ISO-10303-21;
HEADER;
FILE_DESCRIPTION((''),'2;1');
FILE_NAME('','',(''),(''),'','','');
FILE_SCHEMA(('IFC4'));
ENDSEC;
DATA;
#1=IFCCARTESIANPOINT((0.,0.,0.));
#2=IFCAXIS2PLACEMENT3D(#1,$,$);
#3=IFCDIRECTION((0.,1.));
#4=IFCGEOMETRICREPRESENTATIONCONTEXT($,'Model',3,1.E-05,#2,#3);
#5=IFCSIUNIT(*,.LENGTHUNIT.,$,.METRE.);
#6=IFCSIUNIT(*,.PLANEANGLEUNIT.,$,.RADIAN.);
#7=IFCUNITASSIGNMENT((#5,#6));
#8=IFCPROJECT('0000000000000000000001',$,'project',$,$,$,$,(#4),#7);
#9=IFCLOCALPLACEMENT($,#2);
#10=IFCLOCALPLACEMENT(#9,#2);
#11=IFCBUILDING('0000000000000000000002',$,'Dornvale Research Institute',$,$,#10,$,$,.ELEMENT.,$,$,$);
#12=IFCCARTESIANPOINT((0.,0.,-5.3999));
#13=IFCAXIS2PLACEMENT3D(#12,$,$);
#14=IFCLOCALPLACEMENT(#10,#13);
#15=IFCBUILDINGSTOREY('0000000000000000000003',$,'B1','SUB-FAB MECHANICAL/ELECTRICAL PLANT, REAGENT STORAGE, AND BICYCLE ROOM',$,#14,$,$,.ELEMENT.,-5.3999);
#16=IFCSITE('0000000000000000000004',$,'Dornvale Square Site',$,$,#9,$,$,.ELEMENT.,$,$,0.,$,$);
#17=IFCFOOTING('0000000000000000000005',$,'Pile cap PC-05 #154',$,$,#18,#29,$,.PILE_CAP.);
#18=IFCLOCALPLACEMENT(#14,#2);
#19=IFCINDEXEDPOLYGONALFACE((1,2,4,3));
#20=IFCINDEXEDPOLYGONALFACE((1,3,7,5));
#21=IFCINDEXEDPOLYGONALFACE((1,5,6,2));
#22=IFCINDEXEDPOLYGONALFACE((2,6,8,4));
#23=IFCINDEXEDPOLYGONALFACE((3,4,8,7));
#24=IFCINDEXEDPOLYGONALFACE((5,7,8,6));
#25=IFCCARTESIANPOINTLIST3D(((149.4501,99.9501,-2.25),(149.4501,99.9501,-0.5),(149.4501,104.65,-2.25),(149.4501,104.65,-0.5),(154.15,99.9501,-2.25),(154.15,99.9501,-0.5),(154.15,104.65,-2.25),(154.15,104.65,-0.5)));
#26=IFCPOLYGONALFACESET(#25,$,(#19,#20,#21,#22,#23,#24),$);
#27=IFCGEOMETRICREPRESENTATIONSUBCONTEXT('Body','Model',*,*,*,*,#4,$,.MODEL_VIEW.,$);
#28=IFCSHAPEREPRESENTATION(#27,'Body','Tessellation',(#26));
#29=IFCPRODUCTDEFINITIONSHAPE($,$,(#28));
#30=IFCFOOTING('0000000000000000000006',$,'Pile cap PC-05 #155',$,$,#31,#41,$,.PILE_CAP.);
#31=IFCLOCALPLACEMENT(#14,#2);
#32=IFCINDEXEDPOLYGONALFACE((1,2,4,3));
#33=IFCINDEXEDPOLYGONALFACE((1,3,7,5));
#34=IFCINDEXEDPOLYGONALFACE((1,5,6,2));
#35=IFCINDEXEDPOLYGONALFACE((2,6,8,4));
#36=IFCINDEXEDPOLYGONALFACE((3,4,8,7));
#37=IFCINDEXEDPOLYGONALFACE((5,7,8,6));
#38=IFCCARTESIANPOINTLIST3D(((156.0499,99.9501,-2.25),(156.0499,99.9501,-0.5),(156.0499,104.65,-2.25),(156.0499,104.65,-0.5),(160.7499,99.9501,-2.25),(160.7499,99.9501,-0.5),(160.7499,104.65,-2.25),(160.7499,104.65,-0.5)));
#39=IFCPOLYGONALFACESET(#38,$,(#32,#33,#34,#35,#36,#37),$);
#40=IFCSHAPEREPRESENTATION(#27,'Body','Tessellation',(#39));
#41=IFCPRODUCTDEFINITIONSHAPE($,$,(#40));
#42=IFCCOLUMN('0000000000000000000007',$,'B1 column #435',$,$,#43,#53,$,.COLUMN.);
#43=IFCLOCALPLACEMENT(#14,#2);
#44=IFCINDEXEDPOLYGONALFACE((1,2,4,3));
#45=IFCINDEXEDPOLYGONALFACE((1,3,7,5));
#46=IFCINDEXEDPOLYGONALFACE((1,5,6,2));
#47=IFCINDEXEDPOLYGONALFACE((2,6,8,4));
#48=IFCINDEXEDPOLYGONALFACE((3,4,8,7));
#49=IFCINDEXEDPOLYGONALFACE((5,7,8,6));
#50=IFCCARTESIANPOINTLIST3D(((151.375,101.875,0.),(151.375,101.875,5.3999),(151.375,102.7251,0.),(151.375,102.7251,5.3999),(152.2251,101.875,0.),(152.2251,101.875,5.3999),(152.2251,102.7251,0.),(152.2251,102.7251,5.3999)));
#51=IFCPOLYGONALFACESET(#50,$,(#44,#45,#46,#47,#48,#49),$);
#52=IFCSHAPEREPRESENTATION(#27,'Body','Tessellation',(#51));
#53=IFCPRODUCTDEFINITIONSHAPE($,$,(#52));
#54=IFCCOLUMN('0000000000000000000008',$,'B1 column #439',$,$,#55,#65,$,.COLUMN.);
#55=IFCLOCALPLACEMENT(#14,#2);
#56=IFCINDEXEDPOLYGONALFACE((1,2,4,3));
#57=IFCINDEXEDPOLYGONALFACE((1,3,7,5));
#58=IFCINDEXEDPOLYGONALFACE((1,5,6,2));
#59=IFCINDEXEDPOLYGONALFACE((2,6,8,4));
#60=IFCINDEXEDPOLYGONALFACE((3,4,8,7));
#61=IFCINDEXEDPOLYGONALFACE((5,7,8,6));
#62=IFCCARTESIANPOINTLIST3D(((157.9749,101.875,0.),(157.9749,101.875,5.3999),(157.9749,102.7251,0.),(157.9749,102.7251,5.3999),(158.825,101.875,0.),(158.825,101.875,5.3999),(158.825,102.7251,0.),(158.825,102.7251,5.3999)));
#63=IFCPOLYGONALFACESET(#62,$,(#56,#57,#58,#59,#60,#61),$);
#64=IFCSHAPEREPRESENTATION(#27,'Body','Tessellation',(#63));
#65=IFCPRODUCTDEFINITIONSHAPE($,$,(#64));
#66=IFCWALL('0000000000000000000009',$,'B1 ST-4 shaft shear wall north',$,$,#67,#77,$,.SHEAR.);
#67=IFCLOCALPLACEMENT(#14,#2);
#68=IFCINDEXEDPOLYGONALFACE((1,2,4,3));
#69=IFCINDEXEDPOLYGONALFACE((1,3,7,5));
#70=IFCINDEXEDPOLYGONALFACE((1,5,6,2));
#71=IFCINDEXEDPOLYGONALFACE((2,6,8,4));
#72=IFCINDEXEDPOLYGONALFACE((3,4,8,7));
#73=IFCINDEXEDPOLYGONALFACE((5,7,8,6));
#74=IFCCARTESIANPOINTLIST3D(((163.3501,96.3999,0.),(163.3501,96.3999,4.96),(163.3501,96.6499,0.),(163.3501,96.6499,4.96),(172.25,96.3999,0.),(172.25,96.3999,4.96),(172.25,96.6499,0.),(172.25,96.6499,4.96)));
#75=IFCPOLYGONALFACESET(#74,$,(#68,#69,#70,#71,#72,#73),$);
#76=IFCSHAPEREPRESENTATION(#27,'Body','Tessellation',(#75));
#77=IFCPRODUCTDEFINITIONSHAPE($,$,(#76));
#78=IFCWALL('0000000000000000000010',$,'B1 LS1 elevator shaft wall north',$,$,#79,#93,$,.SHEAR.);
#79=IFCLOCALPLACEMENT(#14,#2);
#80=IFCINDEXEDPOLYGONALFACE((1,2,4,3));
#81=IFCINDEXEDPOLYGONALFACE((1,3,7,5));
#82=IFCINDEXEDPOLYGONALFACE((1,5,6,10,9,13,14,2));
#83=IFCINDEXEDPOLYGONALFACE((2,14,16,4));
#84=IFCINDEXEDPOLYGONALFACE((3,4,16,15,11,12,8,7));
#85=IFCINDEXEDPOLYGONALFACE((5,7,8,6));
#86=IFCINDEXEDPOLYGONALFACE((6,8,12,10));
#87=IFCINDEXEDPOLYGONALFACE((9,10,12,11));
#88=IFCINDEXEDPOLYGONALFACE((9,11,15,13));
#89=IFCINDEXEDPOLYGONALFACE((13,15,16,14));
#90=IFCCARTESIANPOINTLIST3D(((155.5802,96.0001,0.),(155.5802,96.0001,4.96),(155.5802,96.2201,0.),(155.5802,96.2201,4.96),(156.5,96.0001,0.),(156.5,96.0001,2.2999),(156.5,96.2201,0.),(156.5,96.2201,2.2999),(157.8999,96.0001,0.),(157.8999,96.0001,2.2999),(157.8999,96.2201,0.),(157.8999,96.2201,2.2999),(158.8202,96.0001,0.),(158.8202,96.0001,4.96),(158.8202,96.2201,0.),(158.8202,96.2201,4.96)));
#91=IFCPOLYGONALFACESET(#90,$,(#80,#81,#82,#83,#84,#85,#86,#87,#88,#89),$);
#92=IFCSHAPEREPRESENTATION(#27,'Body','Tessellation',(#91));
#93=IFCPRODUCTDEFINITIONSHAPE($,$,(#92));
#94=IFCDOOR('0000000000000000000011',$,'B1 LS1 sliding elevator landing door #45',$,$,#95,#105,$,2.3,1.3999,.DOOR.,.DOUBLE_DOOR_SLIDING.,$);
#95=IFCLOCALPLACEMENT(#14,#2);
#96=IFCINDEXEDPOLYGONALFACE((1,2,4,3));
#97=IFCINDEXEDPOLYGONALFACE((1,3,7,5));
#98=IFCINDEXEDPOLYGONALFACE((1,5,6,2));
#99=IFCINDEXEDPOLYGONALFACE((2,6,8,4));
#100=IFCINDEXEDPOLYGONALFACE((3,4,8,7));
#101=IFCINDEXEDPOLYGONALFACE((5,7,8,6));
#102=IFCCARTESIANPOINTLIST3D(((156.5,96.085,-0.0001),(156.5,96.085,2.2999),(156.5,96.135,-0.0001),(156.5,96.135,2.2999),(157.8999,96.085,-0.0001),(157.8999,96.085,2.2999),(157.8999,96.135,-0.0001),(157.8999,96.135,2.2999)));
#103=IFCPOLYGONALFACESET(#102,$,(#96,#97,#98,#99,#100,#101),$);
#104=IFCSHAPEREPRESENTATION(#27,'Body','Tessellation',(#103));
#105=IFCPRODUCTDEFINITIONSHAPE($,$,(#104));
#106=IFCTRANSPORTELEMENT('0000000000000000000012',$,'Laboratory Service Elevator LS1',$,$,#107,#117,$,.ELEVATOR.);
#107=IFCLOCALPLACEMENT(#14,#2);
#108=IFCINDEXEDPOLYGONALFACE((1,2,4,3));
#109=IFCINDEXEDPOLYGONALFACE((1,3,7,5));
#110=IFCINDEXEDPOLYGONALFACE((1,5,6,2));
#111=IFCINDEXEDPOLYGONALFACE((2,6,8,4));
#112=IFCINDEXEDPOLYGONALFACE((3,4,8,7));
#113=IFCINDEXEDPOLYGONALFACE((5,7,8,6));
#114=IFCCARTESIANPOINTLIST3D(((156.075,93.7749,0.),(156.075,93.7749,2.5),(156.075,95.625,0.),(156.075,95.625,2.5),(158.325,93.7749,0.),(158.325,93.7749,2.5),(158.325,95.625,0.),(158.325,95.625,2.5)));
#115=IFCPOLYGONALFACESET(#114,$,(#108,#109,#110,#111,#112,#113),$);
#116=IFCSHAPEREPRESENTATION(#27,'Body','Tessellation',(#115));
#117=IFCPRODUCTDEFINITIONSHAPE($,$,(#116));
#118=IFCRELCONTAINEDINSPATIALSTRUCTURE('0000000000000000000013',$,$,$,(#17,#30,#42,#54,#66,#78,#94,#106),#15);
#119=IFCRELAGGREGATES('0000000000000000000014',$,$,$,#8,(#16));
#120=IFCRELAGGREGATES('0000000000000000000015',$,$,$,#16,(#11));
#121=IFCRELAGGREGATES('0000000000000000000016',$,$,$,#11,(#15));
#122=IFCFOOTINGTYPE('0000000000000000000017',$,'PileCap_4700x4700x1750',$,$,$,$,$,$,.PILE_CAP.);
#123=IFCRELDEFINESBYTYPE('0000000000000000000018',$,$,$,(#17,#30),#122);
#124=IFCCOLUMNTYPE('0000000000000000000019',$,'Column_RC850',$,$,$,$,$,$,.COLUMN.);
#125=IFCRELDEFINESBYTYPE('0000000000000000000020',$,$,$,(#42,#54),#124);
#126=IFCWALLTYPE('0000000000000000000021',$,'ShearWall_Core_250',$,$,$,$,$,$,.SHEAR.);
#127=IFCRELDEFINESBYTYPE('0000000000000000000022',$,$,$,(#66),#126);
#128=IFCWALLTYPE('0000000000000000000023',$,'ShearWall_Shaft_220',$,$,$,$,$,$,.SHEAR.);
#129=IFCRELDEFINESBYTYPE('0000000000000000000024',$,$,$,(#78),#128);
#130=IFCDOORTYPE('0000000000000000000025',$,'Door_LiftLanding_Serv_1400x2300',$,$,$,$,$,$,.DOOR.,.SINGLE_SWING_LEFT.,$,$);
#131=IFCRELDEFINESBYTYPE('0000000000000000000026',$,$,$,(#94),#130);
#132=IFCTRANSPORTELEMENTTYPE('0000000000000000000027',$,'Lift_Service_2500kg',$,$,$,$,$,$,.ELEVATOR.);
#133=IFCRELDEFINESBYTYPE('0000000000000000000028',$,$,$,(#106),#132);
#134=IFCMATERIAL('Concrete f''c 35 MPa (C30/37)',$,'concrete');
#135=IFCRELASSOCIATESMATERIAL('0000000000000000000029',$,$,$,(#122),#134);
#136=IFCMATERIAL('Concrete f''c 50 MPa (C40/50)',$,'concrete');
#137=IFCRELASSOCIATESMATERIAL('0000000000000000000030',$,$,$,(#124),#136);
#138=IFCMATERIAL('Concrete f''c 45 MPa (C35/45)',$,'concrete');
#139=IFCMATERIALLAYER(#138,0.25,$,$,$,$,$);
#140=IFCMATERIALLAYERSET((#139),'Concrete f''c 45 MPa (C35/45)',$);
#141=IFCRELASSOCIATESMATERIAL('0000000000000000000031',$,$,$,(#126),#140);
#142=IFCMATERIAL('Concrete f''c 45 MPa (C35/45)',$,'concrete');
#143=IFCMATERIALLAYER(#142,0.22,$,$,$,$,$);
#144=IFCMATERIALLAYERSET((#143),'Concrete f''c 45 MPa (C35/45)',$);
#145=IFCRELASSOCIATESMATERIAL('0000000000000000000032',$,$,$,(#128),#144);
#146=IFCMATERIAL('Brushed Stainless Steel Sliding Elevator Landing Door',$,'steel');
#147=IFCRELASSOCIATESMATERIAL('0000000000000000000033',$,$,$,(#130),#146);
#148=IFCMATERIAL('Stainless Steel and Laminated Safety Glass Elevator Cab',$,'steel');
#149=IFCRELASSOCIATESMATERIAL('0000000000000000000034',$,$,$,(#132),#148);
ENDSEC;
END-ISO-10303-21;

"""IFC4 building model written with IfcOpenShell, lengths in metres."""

from ifc_helpers import new_model, si_unit, direction, frame, frame_2d, origin, origin_2d, place, context, subcontext, project, spatial, rectangle, extrude, material, layer, layer_set, material_profile, profile_set, type_object, element, fill, save


model = new_model("IFC4")

# Units and contexts
model_context = context("Model", 3, precision=1e-05, world=origin(), true_north=direction((0.0, 1.0)))
body_context = subcontext(model_context, "Body", "Model", "MODEL_VIEW")
ifc_project = project(units=[si_unit("LENGTHUNIT", "METRE"), si_unit("PLANEANGLEUNIT", "RADIAN")], contexts=[model_context])

# Site, building, storey
site_placement = place(None, origin())
site = spatial("IfcSite", under=ifc_project, at=site_placement, Name="Dornvale Square Site", CompositionType="ELEMENT", RefElevation=0.0)
building_placement = place(site_placement, origin())
building = spatial("IfcBuilding", under=site, at=building_placement, Name="Dornvale Research Institute", CompositionType="ELEMENT")
storey_placement = place(building_placement, frame((0.0, 0.0, -5.3999)))
storey = spatial("IfcBuildingStorey", under=building, at=storey_placement, Name="B1", Description="SUB-FAB MECHANICAL/ELECTRICAL PLANT, REAGENT STORAGE, AND BICYCLE ROOM", CompositionType="ELEMENT", Elevation=-5.3999)

# Footings
ifc_material_1 = material(Name="Concrete f'c 35 MPa (C30/37)", Category="concrete")
footing_type_1 = type_object("IfcFootingType", Name="PileCap_4700x4700x1750", PredefinedType="PILE_CAP", material=ifc_material_1)
for number, where, z_axis, x_axis, name in (
    (1, (151.8, 102.3, -2.25), (0.0, 0.0, 1.0), (1.0, 0.0, 0.0), "Pile cap PC-05 #154"),
    (2, (158.3999, 102.3, -2.25), (0.0, 0.0, 1.0), (1.0, 0.0, 0.0), "Pile cap PC-05 #155"),
):
    element("IfcFooting", number, at=place(storey_placement, frame(where, z_axis=z_axis, x_axis=x_axis)), inside=storey, type_object=footing_type_1, Name=name, PredefinedType="PILE_CAP", context=body_context, shape_type="SweptSolid", body=[
        extrude(rectangle(XDim=4.7, YDim=4.7, at=origin_2d()), origin(), (0.0, 0.0, 1.0), 1.75),
    ])

# Columns
ifc_material_2 = material(Name="Concrete f'c 50 MPa (C40/50)", Category="concrete")
ifc_material_profile_1 = material_profile(ifc_material_2, rectangle(XDim=0.8501, YDim=0.8501, at=origin_2d()), Name="RC 850x850")
ifc_profile_set_1 = profile_set([ifc_material_profile_1], Name="Concrete f'c 50 MPa (C40/50)")
column_type = type_object("IfcColumnType", Name="Column_RC850", PredefinedType="COLUMN", material=ifc_profile_set_1)
for number, where, z_axis, x_axis, name in (
    (3, (151.8, 102.3, 0.0), (0.0, 0.0, 1.0), (1.0, 0.0, 0.0), "B1 column #435"),
    (4, (158.3999, 102.3, 0.0), (0.0, 0.0, 1.0), (1.0, 0.0, 0.0), "B1 column #439"),
):
    element("IfcColumn", number, at=place(storey_placement, frame(where, z_axis=z_axis, x_axis=x_axis)), inside=storey, type_object=column_type, Name=name, PredefinedType="COLUMN", context=body_context, shape_type="SweptSolid", body=[
        extrude(rectangle(XDim=0.8501, YDim=0.8501, at=origin_2d()), origin(), (0.0, 0.0, 1.0), 5.3999),
    ])

# Wall
ifc_material_3 = material(Name="Concrete f'c 45 MPa (C35/45)", Category="concrete")
ifc_layer_1 = layer(ifc_material_3, 0.25)
ifc_layer_set_1 = layer_set([ifc_layer_1], Name="Concrete f'c 45 MPa (C35/45)")
wall_type_1 = type_object("IfcWallType", Name="ShearWall_Core_250", PredefinedType="SHEAR", material=ifc_layer_set_1)
wall_1_placement = place(storey_placement, frame((163.3501, 96.5249, 0.0), z_axis=(0.0, 0.0, 1.0), x_axis=(1.0, 0.0, 0.0)))
element("IfcWall", 5, at=wall_1_placement, inside=storey, type_object=wall_type_1, Name="B1 ST-4 shaft shear wall north", PredefinedType="SHEAR", context=body_context, shape_type="SweptSolid", body=[
    extrude(rectangle(XDim=8.8999, YDim=0.25, at=frame_2d((4.45, 0.0))), origin(), (0.0, 0.0, 1.0), 4.96),
])

# Wall, opening, door
ifc_material_4 = material(Name="Concrete f'c 45 MPa (C35/45)", Category="concrete")
ifc_layer_2 = layer(ifc_material_4, 0.22)
ifc_layer_set_2 = layer_set([ifc_layer_2], Name="Concrete f'c 45 MPa (C35/45)")
wall_type_2 = type_object("IfcWallType", Name="ShearWall_Shaft_220", PredefinedType="SHEAR", material=ifc_layer_set_2)
wall_2_placement = place(storey_placement, frame((155.5801, 96.1101, 0.0), z_axis=(0.0, 0.0, 1.0), x_axis=(1.0, 0.0, 0.0)))
wall_2 = element("IfcWall", 6, at=wall_2_placement, inside=storey, type_object=wall_type_2, Name="B1 LS1 elevator shaft wall north", PredefinedType="SHEAR", context=body_context, shape_type="SweptSolid", body=[
    extrude(rectangle(XDim=3.24, YDim=0.22, at=frame_2d((1.6201, 0.0))), origin(), (0.0, 0.0, 1.0), 4.96),
])
opening_placement = place(wall_2_placement, frame((0.9199, 0.0, 0.0)))
opening = element("IfcOpeningElement", 7, at=opening_placement, cuts=wall_2, PredefinedType="OPENING", context=body_context, shape_type="SweptSolid", body=[
    extrude(rectangle(XDim=1.3999, YDim=2.3, at=frame_2d((0.7, 1.1499))), frame((0.0, 0.125, 0.0), z_axis=(0.0, -1.0, 0.0), x_axis=(1.0, 0.0, 0.0)), (0.0, 0.0, 1.0), 0.25),
])
ifc_material_5 = material(Name="Brushed Stainless Steel Sliding Elevator Landing Door", Category="steel")
door_type = type_object("IfcDoorType", Name="Door_LiftLanding_Serv_1400x2300", OperationType="SINGLE_SWING_LEFT", PredefinedType="DOOR", material=ifc_material_5)
door_placement = place(opening_placement, origin())
door = element("IfcDoor", 8, at=door_placement, inside=storey, type_object=door_type, Name="B1 LS1 sliding elevator landing door #45", OperationType="DOUBLE_DOOR_SLIDING", OverallHeight=2.3, OverallWidth=1.3999, PredefinedType="DOOR", context=body_context, shape_type="SweptSolid", body=[
    extrude(rectangle(XDim=1.3999, YDim=2.3, at=frame_2d((0.7, 1.1499))), frame((0.0, 0.0249, 0.0), z_axis=(0.0, -1.0, 0.0), x_axis=(1.0, 0.0, 0.0)), (0.0, 0.0, 1.0), 0.05),
])
fill(opening, door)

# Transport element
ifc_material_6 = material(Name="Stainless Steel and Laminated Safety Glass Elevator Cab", Category="steel")
transport_element_type = type_object("IfcTransportElementType", Name="Lift_Service_2500kg", PredefinedType="ELEVATOR", material=ifc_material_6)
transport_element_placement = place(storey_placement, frame((157.2, 94.7, 0.0), z_axis=(0.0, 0.0, 1.0), x_axis=(1.0, 0.0, 0.0)))
element("IfcTransportElement", 9, at=transport_element_placement, inside=storey, type_object=transport_element_type, Name="Laboratory Service Elevator LS1", PredefinedType="ELEVATOR", context=body_context, shape_type="SweptSolid", body=[
    extrude(rectangle(XDim=2.25, YDim=1.8501, at=origin_2d()), origin(), (0.0, 0.0, 1.0), 2.5),
])

save(model, "model.ifc")
